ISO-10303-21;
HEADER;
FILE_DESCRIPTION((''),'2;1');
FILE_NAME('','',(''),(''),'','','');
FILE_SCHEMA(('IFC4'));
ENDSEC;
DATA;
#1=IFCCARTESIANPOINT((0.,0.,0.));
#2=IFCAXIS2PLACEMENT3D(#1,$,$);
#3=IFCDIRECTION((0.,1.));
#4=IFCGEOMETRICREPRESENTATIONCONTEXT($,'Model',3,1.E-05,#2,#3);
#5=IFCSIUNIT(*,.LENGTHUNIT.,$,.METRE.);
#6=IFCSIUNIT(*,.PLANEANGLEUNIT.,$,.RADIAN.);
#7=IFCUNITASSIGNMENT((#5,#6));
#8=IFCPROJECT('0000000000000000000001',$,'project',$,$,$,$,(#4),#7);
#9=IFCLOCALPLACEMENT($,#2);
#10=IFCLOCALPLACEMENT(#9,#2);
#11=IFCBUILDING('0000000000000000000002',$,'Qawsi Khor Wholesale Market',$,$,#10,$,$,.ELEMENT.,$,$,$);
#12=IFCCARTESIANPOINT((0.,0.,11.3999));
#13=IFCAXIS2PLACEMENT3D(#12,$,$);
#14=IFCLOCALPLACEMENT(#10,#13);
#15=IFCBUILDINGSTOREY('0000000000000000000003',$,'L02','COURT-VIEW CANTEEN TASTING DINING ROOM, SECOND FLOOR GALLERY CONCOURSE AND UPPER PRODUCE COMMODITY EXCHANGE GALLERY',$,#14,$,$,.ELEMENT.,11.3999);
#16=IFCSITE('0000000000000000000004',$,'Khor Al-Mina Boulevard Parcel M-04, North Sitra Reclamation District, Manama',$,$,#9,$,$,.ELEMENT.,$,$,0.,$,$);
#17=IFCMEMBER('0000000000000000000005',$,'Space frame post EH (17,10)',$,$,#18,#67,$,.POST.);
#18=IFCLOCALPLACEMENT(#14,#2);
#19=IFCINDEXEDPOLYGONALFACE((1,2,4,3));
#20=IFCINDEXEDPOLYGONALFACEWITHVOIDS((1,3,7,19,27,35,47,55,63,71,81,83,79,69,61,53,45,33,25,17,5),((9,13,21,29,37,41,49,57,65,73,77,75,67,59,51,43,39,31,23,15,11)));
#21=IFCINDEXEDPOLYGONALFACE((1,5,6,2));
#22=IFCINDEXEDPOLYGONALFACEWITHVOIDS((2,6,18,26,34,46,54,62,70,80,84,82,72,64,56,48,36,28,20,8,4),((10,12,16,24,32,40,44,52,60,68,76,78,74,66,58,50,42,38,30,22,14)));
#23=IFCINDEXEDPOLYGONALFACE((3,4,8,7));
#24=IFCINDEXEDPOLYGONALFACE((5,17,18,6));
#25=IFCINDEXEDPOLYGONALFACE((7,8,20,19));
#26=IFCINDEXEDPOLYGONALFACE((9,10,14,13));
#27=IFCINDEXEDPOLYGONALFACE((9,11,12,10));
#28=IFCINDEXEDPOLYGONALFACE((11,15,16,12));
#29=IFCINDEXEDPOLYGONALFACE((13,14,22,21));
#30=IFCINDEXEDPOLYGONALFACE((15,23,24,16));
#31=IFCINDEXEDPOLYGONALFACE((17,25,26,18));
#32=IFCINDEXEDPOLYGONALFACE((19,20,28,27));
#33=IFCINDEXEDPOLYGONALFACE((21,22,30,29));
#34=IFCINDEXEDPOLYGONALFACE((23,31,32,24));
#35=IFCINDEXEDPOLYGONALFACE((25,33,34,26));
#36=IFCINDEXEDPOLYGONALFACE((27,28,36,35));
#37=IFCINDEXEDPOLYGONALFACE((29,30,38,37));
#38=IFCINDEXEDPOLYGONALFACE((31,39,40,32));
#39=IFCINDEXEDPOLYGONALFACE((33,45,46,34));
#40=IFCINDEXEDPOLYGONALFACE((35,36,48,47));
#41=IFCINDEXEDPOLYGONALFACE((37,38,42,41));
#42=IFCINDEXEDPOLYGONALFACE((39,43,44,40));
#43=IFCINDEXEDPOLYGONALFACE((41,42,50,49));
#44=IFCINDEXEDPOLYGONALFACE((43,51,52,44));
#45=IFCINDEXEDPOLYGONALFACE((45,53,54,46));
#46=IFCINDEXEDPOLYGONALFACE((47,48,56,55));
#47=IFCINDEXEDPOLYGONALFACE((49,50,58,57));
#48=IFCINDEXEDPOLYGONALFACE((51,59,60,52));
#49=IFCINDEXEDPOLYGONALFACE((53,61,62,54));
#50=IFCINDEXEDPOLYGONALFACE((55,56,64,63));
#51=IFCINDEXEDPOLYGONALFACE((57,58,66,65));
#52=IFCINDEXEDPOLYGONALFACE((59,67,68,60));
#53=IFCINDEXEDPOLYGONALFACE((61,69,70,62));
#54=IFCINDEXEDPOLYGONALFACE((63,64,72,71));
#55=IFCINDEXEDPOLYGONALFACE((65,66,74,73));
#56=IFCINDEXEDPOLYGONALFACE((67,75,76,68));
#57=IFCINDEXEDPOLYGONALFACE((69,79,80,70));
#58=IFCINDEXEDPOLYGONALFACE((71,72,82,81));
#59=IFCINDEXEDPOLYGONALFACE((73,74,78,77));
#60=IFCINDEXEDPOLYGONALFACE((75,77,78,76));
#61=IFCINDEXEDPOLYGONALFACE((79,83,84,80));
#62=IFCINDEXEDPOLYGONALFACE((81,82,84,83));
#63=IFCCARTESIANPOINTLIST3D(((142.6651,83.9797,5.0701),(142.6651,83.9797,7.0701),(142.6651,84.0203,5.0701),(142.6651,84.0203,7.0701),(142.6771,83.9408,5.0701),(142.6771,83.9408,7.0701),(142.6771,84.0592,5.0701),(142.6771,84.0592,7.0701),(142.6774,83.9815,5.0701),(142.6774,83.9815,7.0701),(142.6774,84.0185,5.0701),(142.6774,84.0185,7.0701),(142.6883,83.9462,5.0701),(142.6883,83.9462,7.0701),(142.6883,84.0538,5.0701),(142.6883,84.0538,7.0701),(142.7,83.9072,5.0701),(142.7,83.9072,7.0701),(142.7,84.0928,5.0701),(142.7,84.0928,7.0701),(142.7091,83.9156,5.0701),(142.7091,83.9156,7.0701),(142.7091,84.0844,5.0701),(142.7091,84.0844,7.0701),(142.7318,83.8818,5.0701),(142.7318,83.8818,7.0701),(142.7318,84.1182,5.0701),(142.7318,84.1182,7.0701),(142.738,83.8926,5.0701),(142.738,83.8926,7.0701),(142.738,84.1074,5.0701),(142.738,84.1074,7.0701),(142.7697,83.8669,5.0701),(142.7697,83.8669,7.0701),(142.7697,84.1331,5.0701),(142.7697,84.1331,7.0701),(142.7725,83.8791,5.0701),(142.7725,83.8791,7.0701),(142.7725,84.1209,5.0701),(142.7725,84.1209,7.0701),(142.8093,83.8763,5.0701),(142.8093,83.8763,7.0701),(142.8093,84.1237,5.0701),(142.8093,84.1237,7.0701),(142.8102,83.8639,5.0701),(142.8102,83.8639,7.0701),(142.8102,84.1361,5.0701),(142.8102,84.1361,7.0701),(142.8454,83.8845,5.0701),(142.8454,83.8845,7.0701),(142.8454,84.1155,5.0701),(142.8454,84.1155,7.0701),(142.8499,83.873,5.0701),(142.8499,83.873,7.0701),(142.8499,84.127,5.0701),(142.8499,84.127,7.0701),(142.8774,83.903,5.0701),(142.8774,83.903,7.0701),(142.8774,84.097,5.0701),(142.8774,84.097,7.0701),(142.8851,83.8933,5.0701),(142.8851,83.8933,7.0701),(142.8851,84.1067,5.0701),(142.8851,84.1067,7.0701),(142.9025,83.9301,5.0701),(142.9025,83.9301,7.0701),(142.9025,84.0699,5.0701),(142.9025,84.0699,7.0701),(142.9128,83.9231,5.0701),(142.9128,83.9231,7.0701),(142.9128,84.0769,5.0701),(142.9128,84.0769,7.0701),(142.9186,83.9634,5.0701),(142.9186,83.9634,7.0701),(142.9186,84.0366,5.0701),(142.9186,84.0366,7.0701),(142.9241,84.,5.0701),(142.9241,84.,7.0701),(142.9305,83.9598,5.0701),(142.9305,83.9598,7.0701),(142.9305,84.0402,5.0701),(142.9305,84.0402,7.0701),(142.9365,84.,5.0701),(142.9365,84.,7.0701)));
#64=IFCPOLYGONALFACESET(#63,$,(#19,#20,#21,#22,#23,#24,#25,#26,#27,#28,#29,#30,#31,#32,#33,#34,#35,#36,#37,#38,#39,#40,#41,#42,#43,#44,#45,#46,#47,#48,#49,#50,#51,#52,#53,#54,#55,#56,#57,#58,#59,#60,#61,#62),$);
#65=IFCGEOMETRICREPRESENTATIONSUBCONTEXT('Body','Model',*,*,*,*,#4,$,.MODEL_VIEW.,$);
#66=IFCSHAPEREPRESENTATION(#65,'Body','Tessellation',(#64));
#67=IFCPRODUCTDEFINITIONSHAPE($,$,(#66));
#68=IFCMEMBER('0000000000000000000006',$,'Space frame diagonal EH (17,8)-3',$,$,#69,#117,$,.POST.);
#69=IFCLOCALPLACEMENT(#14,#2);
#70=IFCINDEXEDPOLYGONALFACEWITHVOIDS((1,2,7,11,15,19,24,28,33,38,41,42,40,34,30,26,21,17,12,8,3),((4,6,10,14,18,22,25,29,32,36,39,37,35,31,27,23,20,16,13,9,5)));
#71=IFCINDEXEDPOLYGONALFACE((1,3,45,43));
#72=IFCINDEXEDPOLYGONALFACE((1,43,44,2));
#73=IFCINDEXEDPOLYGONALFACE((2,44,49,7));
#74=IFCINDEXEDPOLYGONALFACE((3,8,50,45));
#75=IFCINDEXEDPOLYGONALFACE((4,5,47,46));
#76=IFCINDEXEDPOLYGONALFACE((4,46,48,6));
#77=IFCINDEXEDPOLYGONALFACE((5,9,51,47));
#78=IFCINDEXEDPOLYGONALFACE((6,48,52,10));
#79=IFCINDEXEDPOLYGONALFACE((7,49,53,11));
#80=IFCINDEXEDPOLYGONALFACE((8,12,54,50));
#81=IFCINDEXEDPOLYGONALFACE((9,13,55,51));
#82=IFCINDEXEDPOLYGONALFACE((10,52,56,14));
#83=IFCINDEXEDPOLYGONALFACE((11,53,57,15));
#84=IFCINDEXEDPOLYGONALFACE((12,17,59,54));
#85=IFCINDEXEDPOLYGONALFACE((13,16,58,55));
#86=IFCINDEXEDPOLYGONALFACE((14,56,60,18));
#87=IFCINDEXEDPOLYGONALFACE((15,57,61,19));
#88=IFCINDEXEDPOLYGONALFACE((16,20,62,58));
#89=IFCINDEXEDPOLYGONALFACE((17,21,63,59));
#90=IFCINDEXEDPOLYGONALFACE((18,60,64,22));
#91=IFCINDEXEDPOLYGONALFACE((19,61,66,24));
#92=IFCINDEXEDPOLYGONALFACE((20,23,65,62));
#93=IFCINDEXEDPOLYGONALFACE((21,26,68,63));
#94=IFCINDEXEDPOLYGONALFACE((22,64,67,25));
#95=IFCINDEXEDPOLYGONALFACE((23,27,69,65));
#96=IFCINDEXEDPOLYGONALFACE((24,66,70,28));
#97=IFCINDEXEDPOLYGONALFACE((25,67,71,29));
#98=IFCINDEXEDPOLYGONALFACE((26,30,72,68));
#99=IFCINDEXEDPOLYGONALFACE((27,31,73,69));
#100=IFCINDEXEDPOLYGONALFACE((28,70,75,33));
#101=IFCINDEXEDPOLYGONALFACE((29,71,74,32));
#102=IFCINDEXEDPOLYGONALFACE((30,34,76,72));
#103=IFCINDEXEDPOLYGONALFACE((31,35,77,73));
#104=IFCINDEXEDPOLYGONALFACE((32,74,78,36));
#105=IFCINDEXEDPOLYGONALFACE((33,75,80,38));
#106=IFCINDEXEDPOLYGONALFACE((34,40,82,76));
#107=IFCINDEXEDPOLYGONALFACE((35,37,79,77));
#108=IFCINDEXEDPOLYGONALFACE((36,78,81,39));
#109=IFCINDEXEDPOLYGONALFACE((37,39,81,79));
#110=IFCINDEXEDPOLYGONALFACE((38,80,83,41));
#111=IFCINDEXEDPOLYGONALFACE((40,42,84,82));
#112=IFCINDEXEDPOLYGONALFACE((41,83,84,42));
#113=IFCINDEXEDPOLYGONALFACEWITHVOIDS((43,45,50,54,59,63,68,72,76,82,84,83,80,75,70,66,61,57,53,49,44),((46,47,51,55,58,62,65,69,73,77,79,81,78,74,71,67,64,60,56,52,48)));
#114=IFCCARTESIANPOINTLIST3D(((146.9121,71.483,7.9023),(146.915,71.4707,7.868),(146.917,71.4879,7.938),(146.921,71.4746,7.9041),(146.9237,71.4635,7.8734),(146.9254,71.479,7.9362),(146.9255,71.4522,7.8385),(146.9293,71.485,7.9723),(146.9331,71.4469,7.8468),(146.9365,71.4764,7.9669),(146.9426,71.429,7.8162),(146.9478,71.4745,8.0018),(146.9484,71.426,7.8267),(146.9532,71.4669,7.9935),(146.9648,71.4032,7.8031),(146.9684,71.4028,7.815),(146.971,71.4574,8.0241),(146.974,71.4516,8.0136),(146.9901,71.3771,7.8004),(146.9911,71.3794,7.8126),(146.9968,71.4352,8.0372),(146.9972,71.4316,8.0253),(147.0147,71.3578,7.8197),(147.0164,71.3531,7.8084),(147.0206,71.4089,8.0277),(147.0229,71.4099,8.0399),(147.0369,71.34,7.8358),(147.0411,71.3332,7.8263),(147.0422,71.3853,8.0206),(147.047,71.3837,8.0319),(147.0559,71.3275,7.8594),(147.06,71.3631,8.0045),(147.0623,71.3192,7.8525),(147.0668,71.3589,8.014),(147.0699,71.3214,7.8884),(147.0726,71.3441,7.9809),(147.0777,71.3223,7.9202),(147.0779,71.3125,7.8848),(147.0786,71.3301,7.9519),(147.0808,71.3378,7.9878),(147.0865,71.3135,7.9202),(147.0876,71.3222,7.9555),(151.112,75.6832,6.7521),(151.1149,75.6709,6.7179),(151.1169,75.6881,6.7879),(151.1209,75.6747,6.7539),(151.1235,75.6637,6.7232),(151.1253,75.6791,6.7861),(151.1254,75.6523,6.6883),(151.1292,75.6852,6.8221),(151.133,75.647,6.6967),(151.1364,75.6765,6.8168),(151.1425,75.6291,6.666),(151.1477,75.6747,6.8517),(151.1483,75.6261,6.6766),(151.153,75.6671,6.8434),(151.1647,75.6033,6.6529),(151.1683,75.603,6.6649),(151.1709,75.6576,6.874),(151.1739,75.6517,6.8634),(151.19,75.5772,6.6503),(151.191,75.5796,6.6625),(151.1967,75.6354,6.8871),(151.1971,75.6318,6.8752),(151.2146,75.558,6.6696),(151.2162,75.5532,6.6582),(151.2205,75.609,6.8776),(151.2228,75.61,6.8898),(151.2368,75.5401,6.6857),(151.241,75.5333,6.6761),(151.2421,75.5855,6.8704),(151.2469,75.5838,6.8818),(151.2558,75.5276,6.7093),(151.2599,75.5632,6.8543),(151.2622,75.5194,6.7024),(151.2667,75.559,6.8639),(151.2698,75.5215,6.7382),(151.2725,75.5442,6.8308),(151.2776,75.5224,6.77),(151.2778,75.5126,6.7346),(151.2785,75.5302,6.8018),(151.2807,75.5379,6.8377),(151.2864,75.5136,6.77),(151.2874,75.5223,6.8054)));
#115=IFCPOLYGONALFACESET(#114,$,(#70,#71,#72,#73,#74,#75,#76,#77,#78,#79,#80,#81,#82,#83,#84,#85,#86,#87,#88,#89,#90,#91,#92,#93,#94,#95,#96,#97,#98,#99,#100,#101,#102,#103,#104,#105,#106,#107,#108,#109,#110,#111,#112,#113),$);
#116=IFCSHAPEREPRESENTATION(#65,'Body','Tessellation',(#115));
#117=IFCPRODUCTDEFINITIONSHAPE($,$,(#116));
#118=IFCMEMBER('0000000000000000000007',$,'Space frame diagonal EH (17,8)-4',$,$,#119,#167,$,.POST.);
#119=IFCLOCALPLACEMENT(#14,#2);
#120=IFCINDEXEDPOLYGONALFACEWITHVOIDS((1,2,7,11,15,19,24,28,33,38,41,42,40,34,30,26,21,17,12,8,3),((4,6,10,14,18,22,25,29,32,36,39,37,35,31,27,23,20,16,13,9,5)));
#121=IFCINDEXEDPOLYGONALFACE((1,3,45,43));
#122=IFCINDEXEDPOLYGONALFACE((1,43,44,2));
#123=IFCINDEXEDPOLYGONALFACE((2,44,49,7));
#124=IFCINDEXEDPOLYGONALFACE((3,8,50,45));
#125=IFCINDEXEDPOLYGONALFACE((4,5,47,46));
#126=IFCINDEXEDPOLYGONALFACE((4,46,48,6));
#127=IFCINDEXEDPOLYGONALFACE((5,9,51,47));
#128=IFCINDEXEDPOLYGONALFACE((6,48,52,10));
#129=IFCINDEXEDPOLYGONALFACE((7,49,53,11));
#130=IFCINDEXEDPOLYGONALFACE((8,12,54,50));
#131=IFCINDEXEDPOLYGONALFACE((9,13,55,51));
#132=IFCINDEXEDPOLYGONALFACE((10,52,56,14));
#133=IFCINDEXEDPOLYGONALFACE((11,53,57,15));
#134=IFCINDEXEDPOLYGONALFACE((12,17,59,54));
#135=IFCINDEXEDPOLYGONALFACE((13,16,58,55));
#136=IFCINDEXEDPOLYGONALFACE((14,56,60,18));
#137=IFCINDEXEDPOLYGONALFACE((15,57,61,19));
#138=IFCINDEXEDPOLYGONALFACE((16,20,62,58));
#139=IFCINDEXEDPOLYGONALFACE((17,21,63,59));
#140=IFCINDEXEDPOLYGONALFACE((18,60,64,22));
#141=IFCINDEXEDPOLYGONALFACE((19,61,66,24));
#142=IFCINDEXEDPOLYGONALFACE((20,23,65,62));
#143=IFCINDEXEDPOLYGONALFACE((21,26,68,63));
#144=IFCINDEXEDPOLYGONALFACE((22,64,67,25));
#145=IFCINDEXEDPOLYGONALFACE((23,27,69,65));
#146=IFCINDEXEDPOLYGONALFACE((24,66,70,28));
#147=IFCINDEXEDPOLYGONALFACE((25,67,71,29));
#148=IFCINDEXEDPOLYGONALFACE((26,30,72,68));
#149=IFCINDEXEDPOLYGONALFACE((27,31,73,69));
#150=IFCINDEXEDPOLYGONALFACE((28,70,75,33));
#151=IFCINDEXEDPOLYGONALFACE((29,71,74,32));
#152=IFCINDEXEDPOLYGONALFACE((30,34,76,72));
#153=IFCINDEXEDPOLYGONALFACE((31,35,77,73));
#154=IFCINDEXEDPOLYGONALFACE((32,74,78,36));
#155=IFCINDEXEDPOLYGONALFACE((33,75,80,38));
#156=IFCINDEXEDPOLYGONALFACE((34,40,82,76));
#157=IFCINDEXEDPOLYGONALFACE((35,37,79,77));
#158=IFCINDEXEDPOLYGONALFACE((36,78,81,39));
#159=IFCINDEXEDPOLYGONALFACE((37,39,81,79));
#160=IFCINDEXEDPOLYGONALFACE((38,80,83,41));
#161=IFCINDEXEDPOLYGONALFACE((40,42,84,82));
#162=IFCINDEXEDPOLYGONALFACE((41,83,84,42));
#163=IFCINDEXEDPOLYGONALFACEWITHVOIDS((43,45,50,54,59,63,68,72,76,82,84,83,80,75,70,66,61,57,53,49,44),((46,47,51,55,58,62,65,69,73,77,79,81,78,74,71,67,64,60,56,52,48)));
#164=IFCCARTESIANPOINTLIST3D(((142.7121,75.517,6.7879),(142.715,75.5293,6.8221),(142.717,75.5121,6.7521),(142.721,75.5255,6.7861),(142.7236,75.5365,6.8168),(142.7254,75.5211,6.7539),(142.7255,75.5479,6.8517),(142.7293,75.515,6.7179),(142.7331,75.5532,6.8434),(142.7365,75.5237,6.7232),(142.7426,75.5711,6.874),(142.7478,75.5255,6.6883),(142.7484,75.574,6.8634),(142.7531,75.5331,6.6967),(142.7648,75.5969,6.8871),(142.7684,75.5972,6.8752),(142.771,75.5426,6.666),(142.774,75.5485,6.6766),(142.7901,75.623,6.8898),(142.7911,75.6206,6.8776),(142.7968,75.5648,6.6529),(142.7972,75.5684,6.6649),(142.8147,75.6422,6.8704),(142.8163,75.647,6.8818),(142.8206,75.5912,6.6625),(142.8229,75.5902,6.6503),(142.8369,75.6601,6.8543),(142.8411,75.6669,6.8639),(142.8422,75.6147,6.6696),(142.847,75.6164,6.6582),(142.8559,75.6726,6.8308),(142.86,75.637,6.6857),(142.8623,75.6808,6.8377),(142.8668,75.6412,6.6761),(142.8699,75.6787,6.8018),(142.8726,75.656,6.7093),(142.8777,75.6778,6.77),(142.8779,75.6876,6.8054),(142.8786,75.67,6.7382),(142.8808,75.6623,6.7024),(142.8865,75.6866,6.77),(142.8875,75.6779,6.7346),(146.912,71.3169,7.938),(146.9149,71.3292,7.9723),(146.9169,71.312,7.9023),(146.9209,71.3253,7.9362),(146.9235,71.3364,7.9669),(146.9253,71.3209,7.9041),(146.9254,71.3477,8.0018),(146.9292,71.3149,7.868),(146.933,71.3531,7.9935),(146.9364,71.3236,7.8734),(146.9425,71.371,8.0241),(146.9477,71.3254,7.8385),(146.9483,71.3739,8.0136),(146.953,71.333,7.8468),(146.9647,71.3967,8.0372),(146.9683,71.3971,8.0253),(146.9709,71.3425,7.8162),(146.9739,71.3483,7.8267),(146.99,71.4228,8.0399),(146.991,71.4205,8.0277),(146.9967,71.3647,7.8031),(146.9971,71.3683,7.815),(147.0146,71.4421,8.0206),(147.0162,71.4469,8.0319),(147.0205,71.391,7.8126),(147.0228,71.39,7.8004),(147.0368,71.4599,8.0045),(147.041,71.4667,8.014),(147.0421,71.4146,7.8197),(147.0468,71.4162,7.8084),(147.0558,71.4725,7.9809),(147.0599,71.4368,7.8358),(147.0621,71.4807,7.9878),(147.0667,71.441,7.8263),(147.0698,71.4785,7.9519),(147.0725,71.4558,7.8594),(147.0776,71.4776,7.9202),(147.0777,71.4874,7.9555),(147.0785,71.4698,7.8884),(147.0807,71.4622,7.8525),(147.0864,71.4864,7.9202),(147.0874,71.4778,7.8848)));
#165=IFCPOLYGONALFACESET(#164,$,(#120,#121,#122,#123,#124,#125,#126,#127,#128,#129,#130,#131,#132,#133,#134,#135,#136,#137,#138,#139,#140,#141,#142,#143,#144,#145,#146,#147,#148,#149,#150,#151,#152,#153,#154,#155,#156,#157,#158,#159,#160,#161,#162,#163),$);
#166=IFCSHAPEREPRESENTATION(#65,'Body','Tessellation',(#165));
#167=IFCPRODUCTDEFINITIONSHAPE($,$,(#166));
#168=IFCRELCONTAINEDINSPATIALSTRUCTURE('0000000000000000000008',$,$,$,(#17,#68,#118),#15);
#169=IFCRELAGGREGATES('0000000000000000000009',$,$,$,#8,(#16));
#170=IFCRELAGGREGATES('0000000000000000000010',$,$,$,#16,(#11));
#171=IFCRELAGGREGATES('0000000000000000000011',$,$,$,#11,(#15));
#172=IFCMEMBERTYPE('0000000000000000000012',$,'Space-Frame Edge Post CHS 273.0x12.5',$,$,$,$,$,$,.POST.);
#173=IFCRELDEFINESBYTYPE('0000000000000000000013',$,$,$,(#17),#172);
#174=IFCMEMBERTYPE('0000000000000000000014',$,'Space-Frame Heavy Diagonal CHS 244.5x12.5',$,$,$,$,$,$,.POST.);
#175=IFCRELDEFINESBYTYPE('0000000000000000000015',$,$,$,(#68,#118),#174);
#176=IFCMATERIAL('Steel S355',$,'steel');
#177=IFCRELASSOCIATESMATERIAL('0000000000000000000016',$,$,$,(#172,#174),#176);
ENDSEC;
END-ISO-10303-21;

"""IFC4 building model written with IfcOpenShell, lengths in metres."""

from ifc_helpers import new_model, si_unit, direction, frame, origin, origin_2d, place, context, subcontext, project, spatial, hollow_circle, extrude, material, material_profile, profile_set, type_object, element, save


model = new_model("IFC4")

# Units and contexts
model_context = context("Model", 3, precision=1e-05, world=origin(), true_north=direction((0.0, 1.0)))
body_context = subcontext(model_context, "Body", "Model", "MODEL_VIEW")
ifc_project = project(units=[si_unit("LENGTHUNIT", "METRE"), si_unit("PLANEANGLEUNIT", "RADIAN")], contexts=[model_context])

# Site, building, storey
site_placement = place(None, origin())
site = spatial("IfcSite", under=ifc_project, at=site_placement, Name="Khor Al-Mina Boulevard Parcel M-04, North Sitra Reclamation District, Manama", CompositionType="ELEMENT", RefElevation=0.0)
building_placement = place(site_placement, origin())
building = spatial("IfcBuilding", under=site, at=building_placement, Name="Qawsi Khor Wholesale Market", CompositionType="ELEMENT")
storey_placement = place(building_placement, frame((0.0, 0.0, 11.3999)))
storey = spatial("IfcBuildingStorey", under=building, at=storey_placement, Name="L02", Description="COURT-VIEW CANTEEN TASTING DINING ROOM, SECOND FLOOR GALLERY CONCOURSE AND UPPER PRODUCE COMMODITY EXCHANGE GALLERY", CompositionType="ELEMENT", Elevation=11.3999)

# Members
ifc_material_1 = material(Name="Steel S355", Category="steel")
ifc_material_profile_1 = material_profile(ifc_material_1, hollow_circle(Radius=0.1365, WallThickness=0.0125, at=origin_2d()), Name="CHS 273.0x12.5")
ifc_profile_set_1 = profile_set([ifc_material_profile_1], Name="Steel S355")
member_type_1 = type_object("IfcMemberType", Name="Space-Frame Edge Post CHS 273.0x12.5", PredefinedType="POST", material=ifc_profile_set_1)
for number, where, z_axis, x_axis, name in (
    (1, (142.8, 84.0, 5.0701), (0.0, 0.0, 1.0), (1.0, 0.0, 0.0), "Space frame post EH (17,10)"),
):
    element("IfcMember", number, at=place(storey_placement, frame(where, z_axis=z_axis, x_axis=x_axis)), inside=storey, type_object=member_type_1, Name=name, PredefinedType="POST", context=body_context, shape_type="SweptSolid", body=[
        extrude(hollow_circle(Radius=0.1365, WallThickness=0.0125, at=origin_2d()), origin(), (0.0, 0.0, 1.0), 2.0),
    ])
ifc_material_profile_2 = material_profile(ifc_material_1, hollow_circle(Radius=0.1223, WallThickness=0.0125, at=origin_2d()), Name="CHS 244.5x12.5")
ifc_profile_set_2 = profile_set([ifc_material_profile_2], Name="Steel S355")
member_type_2 = type_object("IfcMemberType", Name="Space-Frame Heavy Diagonal CHS 244.5x12.5", PredefinedType="POST", material=ifc_profile_set_2)
for number, where, z_axis, x_axis, name in (
    (2, (151.2, 75.6001, 6.77), (-0.694192, -0.694232, 0.190103), (0.707127, -0.707086, 0.0), "Space frame diagonal EH (17,8)-3"),
    (3, (142.8, 75.6001, 6.77), (0.694192, -0.694232, 0.190103), (0.707127, 0.707086, 0.0), "Space frame diagonal EH (17,8)-4"),
):
    element("IfcMember", number, at=place(storey_placement, frame(where, z_axis=z_axis, x_axis=x_axis)), inside=storey, type_object=member_type_2, Name=name, PredefinedType="POST", context=body_context, shape_type="SweptSolid", body=[
        extrude(hollow_circle(Radius=0.1223, WallThickness=0.0125, at=origin_2d()), origin(), (0.0, 0.0, 1.0), 6.05),
    ])

save(model, "model.ifc")
